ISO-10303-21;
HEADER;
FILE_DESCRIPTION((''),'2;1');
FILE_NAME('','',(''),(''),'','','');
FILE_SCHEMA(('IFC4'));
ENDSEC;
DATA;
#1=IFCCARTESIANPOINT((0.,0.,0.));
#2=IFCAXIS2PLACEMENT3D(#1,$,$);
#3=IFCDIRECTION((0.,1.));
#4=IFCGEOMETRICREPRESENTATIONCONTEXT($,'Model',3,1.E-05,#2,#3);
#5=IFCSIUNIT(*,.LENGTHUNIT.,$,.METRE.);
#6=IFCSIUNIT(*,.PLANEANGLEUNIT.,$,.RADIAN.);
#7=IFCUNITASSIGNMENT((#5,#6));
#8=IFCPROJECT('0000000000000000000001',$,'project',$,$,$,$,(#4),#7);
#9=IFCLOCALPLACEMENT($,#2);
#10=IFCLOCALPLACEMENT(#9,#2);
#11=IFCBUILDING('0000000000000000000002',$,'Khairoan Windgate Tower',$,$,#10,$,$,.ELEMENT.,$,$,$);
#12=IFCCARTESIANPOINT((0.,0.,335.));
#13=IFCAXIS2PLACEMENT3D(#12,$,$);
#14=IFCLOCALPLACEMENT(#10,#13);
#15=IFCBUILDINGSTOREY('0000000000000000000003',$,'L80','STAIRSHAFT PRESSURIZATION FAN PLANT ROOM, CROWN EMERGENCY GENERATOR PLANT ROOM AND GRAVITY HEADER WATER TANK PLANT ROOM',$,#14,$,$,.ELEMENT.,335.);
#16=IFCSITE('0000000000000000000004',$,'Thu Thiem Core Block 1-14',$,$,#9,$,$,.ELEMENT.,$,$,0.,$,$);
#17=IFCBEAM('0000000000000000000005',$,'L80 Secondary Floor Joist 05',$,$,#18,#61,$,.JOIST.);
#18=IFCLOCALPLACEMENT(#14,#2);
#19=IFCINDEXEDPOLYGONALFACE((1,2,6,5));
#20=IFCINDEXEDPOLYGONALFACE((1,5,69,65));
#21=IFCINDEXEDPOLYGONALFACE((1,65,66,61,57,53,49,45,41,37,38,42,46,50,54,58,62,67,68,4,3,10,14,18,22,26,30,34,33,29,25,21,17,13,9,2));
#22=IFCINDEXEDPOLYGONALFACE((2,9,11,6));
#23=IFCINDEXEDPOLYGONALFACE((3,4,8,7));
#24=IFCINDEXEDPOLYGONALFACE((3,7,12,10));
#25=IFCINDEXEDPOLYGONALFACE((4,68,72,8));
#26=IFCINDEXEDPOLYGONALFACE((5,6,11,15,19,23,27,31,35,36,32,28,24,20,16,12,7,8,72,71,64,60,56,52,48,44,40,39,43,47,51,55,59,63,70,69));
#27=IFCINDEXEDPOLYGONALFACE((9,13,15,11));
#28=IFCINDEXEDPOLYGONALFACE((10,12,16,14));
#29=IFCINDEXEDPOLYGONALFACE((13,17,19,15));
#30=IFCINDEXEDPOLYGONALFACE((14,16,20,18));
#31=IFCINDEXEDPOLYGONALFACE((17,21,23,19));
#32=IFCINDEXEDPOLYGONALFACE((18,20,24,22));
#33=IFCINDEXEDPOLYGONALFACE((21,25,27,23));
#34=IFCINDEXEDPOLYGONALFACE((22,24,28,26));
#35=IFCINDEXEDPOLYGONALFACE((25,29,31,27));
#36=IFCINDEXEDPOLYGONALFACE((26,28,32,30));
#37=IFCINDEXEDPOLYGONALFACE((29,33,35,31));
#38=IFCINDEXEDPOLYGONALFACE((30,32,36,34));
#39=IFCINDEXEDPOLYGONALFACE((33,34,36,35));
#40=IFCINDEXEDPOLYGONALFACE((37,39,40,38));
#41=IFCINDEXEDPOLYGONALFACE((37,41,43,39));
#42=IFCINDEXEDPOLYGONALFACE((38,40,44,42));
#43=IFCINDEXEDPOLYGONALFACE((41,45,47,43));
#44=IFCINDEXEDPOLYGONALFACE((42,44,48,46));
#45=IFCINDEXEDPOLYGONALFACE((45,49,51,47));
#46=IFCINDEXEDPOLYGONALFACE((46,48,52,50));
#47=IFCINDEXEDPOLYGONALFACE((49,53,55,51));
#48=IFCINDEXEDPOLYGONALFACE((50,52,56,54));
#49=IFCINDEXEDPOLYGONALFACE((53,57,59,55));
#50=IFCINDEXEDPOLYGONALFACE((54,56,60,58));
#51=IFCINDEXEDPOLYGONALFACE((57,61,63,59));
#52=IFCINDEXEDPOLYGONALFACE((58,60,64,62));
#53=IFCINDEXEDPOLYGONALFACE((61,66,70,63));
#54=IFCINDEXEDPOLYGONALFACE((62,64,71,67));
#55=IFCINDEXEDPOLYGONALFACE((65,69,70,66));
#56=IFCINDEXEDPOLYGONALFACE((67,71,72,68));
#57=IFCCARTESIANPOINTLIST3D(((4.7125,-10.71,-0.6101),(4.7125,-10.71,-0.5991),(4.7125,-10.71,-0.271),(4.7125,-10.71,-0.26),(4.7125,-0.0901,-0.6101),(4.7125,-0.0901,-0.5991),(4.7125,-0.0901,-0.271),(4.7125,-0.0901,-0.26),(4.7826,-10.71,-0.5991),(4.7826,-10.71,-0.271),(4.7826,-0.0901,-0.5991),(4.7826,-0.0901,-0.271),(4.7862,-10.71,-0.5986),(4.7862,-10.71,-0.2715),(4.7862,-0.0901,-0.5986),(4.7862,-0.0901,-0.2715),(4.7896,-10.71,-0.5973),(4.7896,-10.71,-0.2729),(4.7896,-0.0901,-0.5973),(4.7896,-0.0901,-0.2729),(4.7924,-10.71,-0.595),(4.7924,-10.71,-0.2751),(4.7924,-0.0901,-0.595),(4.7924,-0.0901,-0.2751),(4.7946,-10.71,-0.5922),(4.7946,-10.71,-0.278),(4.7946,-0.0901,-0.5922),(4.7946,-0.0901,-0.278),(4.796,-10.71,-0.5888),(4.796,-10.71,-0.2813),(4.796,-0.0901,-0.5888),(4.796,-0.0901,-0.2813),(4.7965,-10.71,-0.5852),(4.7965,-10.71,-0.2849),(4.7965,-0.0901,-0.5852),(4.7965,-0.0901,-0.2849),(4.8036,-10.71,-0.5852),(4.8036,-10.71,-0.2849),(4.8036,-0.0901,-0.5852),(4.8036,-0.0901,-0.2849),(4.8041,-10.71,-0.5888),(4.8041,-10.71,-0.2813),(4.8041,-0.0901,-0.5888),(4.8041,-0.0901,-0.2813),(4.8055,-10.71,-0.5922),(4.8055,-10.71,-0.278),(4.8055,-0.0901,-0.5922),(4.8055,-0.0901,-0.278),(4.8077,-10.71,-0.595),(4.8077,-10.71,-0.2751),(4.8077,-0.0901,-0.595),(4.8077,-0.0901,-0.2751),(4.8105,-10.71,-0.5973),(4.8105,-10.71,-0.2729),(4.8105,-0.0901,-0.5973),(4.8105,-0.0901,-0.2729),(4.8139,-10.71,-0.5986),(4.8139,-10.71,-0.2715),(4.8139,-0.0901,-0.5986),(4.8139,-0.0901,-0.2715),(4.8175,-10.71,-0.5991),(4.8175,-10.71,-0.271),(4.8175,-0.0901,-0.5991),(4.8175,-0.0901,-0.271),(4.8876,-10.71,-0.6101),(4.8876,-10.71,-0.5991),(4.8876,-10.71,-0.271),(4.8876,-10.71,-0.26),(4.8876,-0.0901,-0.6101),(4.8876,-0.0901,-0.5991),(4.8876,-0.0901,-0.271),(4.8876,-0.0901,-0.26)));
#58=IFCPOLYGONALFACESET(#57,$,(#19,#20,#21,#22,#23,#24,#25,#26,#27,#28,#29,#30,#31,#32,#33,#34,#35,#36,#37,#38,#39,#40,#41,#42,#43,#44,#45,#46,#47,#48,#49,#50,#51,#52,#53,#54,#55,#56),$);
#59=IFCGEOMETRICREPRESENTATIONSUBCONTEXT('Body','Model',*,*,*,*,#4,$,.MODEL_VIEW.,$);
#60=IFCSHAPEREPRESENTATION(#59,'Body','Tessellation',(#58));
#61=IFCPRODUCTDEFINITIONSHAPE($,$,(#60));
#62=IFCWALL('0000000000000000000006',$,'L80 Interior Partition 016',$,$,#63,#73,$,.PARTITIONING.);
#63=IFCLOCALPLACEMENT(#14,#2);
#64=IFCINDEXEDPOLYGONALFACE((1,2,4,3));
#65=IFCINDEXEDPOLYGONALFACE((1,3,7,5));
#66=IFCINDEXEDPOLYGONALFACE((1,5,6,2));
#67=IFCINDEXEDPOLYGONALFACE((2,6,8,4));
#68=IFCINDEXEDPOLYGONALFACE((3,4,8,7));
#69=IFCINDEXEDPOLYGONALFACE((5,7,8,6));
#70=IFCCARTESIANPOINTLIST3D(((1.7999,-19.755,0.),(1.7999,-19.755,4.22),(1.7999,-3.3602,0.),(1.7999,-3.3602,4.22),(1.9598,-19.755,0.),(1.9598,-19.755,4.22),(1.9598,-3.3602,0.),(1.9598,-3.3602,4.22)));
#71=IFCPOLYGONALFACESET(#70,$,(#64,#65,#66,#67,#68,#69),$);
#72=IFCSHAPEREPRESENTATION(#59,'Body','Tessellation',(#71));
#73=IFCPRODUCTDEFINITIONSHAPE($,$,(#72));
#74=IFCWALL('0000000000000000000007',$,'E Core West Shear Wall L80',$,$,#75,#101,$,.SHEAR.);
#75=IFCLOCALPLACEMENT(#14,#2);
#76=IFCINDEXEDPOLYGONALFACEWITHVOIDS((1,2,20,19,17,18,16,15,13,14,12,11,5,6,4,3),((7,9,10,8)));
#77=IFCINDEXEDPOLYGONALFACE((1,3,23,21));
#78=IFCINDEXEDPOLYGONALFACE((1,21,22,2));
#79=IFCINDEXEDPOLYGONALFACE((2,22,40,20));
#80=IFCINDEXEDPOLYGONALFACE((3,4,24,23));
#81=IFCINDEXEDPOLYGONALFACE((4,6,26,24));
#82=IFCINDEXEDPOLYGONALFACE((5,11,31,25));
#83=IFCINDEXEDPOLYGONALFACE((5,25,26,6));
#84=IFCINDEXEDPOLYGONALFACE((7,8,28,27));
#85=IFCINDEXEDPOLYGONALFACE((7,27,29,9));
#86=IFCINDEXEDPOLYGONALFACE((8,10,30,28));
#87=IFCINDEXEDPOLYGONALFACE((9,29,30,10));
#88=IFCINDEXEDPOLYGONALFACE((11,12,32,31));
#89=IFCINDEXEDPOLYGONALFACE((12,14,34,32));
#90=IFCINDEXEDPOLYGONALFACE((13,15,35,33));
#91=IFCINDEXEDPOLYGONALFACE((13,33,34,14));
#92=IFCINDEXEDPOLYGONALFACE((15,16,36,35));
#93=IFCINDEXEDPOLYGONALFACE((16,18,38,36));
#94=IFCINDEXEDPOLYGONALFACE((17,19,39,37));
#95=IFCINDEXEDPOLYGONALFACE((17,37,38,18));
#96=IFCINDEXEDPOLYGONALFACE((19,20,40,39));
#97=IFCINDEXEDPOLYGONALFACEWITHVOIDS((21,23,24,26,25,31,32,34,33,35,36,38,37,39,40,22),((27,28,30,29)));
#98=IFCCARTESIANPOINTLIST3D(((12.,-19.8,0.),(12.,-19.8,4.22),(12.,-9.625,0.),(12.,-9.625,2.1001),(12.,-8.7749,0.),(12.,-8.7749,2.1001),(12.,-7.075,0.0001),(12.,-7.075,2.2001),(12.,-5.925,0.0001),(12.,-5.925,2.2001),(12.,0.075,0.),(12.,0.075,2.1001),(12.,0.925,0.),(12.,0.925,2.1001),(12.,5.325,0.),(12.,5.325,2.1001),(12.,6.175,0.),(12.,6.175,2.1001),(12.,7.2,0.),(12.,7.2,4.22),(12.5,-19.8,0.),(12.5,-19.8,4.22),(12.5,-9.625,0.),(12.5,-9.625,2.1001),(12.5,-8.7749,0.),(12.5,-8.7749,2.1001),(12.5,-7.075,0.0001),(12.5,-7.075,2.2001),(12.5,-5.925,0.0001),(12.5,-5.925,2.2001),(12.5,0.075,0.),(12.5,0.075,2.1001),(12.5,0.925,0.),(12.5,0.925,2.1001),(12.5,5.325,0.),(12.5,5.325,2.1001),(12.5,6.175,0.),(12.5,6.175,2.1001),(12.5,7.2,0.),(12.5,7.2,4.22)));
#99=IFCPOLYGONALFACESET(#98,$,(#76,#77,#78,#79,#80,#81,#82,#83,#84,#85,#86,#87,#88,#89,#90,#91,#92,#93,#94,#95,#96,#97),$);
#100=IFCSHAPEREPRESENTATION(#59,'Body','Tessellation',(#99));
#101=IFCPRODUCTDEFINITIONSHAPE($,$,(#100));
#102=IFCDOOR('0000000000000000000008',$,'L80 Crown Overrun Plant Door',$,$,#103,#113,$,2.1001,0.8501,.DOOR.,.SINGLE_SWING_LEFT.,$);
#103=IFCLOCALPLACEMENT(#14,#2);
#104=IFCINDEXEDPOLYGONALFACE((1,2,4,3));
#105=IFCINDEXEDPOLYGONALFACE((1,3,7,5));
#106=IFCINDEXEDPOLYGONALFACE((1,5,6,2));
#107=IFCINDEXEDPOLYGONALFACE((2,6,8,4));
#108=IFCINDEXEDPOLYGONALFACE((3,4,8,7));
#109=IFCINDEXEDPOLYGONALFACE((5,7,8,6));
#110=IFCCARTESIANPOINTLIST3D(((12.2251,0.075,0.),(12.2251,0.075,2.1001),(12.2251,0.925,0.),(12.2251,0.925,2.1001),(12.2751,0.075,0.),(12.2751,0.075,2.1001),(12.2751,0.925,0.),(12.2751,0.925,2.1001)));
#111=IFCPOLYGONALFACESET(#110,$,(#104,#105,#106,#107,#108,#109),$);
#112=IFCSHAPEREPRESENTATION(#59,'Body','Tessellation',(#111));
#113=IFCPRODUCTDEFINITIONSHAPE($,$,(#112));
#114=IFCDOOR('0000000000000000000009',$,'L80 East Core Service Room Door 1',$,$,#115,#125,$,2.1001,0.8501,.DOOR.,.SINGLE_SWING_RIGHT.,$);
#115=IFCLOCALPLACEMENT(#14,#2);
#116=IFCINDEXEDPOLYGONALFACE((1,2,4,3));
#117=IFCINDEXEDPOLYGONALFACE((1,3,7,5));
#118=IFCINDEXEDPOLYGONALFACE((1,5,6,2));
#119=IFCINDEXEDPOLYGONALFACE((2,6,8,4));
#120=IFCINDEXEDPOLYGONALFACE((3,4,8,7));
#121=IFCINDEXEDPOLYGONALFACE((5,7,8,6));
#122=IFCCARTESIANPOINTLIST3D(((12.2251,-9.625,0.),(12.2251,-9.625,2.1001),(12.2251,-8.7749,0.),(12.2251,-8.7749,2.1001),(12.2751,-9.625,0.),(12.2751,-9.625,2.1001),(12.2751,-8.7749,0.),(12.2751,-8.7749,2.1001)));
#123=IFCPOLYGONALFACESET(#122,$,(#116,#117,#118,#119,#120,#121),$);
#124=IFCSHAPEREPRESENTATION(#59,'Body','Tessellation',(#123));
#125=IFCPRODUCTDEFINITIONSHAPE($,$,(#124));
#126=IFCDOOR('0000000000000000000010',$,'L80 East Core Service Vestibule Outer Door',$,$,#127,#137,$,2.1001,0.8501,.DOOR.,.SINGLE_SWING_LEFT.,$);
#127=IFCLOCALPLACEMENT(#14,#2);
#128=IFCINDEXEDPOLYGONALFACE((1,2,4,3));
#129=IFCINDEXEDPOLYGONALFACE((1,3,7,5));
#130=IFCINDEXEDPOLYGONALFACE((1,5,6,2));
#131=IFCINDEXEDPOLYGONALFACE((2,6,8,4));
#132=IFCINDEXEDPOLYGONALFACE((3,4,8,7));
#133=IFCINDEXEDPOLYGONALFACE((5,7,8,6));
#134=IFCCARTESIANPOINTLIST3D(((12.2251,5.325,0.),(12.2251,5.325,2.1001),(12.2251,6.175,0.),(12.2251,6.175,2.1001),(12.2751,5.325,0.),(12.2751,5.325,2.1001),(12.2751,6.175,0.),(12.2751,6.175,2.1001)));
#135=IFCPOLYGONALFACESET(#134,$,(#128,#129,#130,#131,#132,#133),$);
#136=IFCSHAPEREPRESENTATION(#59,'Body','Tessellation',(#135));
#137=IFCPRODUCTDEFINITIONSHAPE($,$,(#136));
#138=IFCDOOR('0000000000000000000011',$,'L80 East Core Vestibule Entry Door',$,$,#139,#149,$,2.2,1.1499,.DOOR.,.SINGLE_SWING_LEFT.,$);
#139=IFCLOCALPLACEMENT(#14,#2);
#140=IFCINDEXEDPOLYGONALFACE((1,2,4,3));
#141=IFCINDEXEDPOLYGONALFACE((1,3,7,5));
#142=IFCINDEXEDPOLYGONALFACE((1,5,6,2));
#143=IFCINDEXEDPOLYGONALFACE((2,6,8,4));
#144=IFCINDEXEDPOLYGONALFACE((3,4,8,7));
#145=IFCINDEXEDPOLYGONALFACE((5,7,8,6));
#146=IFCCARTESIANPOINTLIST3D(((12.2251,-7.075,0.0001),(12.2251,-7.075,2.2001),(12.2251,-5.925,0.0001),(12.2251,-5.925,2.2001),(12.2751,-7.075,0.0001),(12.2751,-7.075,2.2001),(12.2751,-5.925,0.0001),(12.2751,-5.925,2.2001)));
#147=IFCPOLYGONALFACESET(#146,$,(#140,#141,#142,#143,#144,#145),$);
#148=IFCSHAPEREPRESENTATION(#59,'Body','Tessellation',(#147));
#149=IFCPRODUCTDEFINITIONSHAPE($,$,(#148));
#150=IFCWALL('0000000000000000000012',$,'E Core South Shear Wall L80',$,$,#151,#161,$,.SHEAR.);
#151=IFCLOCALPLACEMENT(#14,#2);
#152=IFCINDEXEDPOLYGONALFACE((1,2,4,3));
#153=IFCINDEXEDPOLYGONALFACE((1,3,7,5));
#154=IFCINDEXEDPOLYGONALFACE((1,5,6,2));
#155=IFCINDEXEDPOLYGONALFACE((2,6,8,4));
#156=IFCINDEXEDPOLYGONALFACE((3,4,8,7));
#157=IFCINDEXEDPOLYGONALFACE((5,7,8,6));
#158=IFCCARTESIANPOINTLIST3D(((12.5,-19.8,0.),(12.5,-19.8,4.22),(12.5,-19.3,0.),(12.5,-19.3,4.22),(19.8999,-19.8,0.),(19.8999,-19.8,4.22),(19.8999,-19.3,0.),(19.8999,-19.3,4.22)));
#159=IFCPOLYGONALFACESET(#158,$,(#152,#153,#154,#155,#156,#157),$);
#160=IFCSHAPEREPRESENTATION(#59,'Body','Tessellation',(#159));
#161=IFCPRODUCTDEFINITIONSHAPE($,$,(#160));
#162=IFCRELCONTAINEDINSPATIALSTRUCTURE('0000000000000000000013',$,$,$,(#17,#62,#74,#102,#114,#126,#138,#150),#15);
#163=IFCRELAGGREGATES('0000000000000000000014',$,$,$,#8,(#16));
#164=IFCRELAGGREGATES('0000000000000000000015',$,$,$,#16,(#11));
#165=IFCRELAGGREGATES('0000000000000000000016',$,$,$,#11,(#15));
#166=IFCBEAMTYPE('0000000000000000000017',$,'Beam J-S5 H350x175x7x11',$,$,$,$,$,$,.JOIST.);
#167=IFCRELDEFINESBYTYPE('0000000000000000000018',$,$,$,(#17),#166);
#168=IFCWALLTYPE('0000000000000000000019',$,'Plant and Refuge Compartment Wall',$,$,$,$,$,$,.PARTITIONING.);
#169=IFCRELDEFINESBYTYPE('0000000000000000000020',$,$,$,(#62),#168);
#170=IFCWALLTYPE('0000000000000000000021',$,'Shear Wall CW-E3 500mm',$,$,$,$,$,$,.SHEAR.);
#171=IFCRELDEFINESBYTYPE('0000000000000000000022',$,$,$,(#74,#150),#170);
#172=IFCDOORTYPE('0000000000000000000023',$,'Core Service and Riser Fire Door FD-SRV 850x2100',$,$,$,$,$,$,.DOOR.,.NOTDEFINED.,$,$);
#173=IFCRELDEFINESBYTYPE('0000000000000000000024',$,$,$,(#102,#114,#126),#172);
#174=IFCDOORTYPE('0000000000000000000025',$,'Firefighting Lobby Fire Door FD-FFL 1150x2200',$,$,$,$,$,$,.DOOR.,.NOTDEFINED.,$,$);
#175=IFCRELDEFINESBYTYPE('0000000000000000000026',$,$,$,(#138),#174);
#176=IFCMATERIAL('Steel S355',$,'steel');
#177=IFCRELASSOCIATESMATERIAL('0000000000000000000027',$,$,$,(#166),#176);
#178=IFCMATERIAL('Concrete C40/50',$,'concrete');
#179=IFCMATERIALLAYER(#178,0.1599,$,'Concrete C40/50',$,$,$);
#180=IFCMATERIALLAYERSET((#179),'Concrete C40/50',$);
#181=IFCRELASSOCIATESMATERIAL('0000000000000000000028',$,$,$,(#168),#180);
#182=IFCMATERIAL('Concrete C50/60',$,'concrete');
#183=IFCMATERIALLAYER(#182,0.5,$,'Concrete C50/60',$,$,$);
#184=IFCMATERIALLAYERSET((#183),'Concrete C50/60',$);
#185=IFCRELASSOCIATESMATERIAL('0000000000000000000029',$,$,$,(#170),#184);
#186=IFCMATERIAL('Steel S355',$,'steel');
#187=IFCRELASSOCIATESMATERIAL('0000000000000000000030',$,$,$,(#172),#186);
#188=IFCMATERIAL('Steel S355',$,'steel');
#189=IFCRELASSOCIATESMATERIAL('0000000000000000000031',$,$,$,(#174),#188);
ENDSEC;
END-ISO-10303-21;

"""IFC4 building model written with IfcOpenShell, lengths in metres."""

from ifc_helpers import new_model, si_unit, direction, frame, frame_2d, origin, origin_2d, place, context, subcontext, project, spatial, rectangle, i_section, extrude, material, layer, layer_set, material_profile, profile_set, type_object, element, fill, save


model = new_model("IFC4")

# Units and contexts
model_context = context("Model", 3, precision=1e-05, world=origin(), true_north=direction((0.0, 1.0)))
body_context = subcontext(model_context, "Body", "Model", "MODEL_VIEW")
ifc_project = project(units=[si_unit("LENGTHUNIT", "METRE"), si_unit("PLANEANGLEUNIT", "RADIAN")], contexts=[model_context])

# Site, building, storey
site_placement = place(None, origin())
site = spatial("IfcSite", under=ifc_project, at=site_placement, Name="Thu Thiem Core Block 1-14", CompositionType="ELEMENT", RefElevation=0.0)
building_placement = place(site_placement, origin())
building = spatial("IfcBuilding", under=site, at=building_placement, Name="Khairoan Windgate Tower", CompositionType="ELEMENT")
storey_placement = place(building_placement, frame((0.0, 0.0, 335.0)))
storey = spatial("IfcBuildingStorey", under=building, at=storey_placement, Name="L80", Description="STAIRSHAFT PRESSURIZATION FAN PLANT ROOM, CROWN EMERGENCY GENERATOR PLANT ROOM AND GRAVITY HEADER WATER TANK PLANT ROOM", CompositionType="ELEMENT", Elevation=335.0)

# Beam
ifc_material_1 = material(Name="Steel S355", Category="steel")
ifc_material_profile_1 = material_profile(ifc_material_1, i_section(OverallWidth=0.175, OverallDepth=0.3501, WebThickness=0.0071, FlangeThickness=0.011, FilletRadius=0.0139, at=origin_2d()))
ifc_profile_set_1 = profile_set([ifc_material_profile_1], Name="Steel S355")
beam_type_1 = type_object("IfcBeamType", Name="Beam J-S5 H350x175x7x11", PredefinedType="JOIST", material=ifc_profile_set_1)
beam_1_placement = place(storey_placement, frame((4.8, -10.71, -0.4351), z_axis=(0.0, 1.0, 0.0), x_axis=(-1.0, 0.0, 0.0)))
element("IfcBeam", 1, at=beam_1_placement, inside=storey, type_object=beam_type_1, Name="L80 Secondary Floor Joist 05", PredefinedType="JOIST", context=body_context, shape_type="SweptSolid", body=[
    extrude(i_section(OverallWidth=0.175, OverallDepth=0.3501, WebThickness=0.0071, FlangeThickness=0.011, FilletRadius=0.0139, at=origin_2d()), origin(), (0.0, 0.0, 1.0), 10.6199),
])

# Wall
ifc_material_2 = material(Name="Concrete C40/50", Category="concrete")
ifc_layer_1 = layer(ifc_material_2, 0.1599, Name="Concrete C40/50")
ifc_layer_set_1 = layer_set([ifc_layer_1], Name="Concrete C40/50")
wall_type_1 = type_object("IfcWallType", Name="Plant and Refuge Compartment Wall", PredefinedType="PARTITIONING", material=ifc_layer_set_1)
wall_1_placement = place(storey_placement, frame((1.8799, -19.7549, 0.0), z_axis=(0.0, 0.0, 1.0), x_axis=(0.0, 1.0, 0.0)))
element("IfcWall", 2, at=wall_1_placement, inside=storey, type_object=wall_type_1, Name="L80 Interior Partition 016", PredefinedType="PARTITIONING", context=body_context, shape_type="SweptSolid", body=[
    extrude(rectangle(XDim=16.3948, YDim=0.1599, at=frame_2d((8.1973, 0.0))), origin(), (0.0, 0.0, 1.0), 4.22),
])

# Wall, openings, doors
ifc_material_3 = material(Name="Concrete C50/60", Category="concrete")
ifc_layer_2 = layer(ifc_material_3, 0.5, Name="Concrete C50/60")
ifc_layer_set_2 = layer_set([ifc_layer_2], Name="Concrete C50/60")
wall_type_2 = type_object("IfcWallType", Name="Shear Wall CW-E3 500mm", PredefinedType="SHEAR", material=ifc_layer_set_2)
wall_2_placement = place(storey_placement, frame((12.25, -19.8, 0.0), z_axis=(0.0, 0.0, 1.0), x_axis=(0.0, 1.0, 0.0)))
wall_2 = element("IfcWall", 3, at=wall_2_placement, inside=storey, type_object=wall_type_2, Name="E Core West Shear Wall L80", PredefinedType="SHEAR", context=body_context, shape_type="SweptSolid", body=[
    extrude(rectangle(XDim=27.0, YDim=0.5, at=frame_2d((13.5, 0.0))), origin(), (0.0, 0.0, 1.0), 4.22),
])
opening_1_placement = place(wall_2_placement, frame((19.875, 0.0, 0.0)))
opening_1 = element("IfcOpeningElement", 4, at=opening_1_placement, cuts=wall_2, PredefinedType="OPENING", context=body_context, shape_type="SweptSolid", body=[
    extrude(rectangle(XDim=0.8501, YDim=2.1001, at=frame_2d((0.425, 1.05))), frame((0.0, 0.26, 0.0), z_axis=(0.0, -1.0, 0.0), x_axis=(1.0, 0.0, 0.0)), (0.0, 0.0, 1.0), 0.52),
])
opening_2_placement = place(wall_2_placement, frame((10.175, 0.0, 0.0)))
opening_2 = element("IfcOpeningElement", 5, at=opening_2_placement, cuts=wall_2, PredefinedType="OPENING", context=body_context, shape_type="SweptSolid", body=[
    extrude(rectangle(XDim=0.8501, YDim=2.1001, at=frame_2d((0.425, 1.05))), frame((0.0, 0.26, 0.0), z_axis=(0.0, -1.0, 0.0), x_axis=(1.0, 0.0, 0.0)), (0.0, 0.0, 1.0), 0.52),
])
opening_3_placement = place(wall_2_placement, frame((12.7251, 0.0, 0.0)))
opening_3 = element("IfcOpeningElement", 6, at=opening_3_placement, cuts=wall_2, PredefinedType="OPENING", context=body_context, shape_type="SweptSolid", body=[
    extrude(rectangle(XDim=1.1499, YDim=2.2, at=frame_2d((0.575, 1.1001))), frame((0.0, 0.26, 0.0), z_axis=(0.0, -1.0, 0.0), x_axis=(1.0, 0.0, 0.0)), (0.0, 0.0, 1.0), 0.52),
])
opening_4_placement = place(wall_2_placement, frame((25.125, 0.0, 0.0)))
opening_4 = element("IfcOpeningElement", 7, at=opening_4_placement, cuts=wall_2, PredefinedType="OPENING", context=body_context, shape_type="SweptSolid", body=[
    extrude(rectangle(XDim=0.8501, YDim=2.1001, at=frame_2d((0.425, 1.05))), frame((0.0, 0.26, 0.0), z_axis=(0.0, -1.0, 0.0), x_axis=(1.0, 0.0, 0.0)), (0.0, 0.0, 1.0), 0.52),
])
ifc_material_4 = material(Name="Steel S355", Category="steel")
door_type_1 = type_object("IfcDoorType", Name="Core Service and Riser Fire Door FD-SRV 850x2100", OperationType="NOTDEFINED", PredefinedType="DOOR", material=ifc_material_4)
door_1_placement = place(opening_1_placement, origin())
door_1 = element("IfcDoor", 8, at=door_1_placement, inside=storey, type_object=door_type_1, Name="L80 Crown Overrun Plant Door", OperationType="SINGLE_SWING_LEFT", OverallHeight=2.1001, OverallWidth=0.8501, PredefinedType="DOOR", context=body_context, shape_type="SweptSolid", body=[
    extrude(rectangle(XDim=0.8501, YDim=2.1001, at=frame_2d((0.425, 1.05))), frame((0.0, 0.0249, 0.0), z_axis=(0.0, -1.0, 0.0), x_axis=(1.0, 0.0, 0.0)), (0.0, 0.0, 1.0), 0.05),
])
fill(opening_1, door_1)
door_2_placement = place(opening_2_placement, origin())
door_2 = element("IfcDoor", 9, at=door_2_placement, inside=storey, type_object=door_type_1, Name="L80 East Core Service Room Door 1", OperationType="SINGLE_SWING_RIGHT", OverallHeight=2.1001, OverallWidth=0.8501, PredefinedType="DOOR", context=body_context, shape_type="SweptSolid", body=[
    extrude(rectangle(XDim=0.8501, YDim=2.1001, at=frame_2d((0.425, 1.05))), frame((0.0, 0.0249, 0.0), z_axis=(0.0, -1.0, 0.0), x_axis=(1.0, 0.0, 0.0)), (0.0, 0.0, 1.0), 0.05),
])
fill(opening_2, door_2)
door_3_placement = place(opening_4_placement, origin())
door_3 = element("IfcDoor", 10, at=door_3_placement, inside=storey, type_object=door_type_1, Name="L80 East Core Service Vestibule Outer Door", OperationType="SINGLE_SWING_LEFT", OverallHeight=2.1001, OverallWidth=0.8501, PredefinedType="DOOR", context=body_context, shape_type="SweptSolid", body=[
    extrude(rectangle(XDim=0.8501, YDim=2.1001, at=frame_2d((0.425, 1.05))), frame((0.0, 0.0249, 0.0), z_axis=(0.0, -1.0, 0.0), x_axis=(1.0, 0.0, 0.0)), (0.0, 0.0, 1.0), 0.05),
])
fill(opening_4, door_3)
ifc_material_5 = material(Name="Steel S355", Category="steel")
door_type_2 = type_object("IfcDoorType", Name="Firefighting Lobby Fire Door FD-FFL 1150x2200", OperationType="NOTDEFINED", PredefinedType="DOOR", material=ifc_material_5)
door_4_placement = place(opening_3_placement, origin())
door_4 = element("IfcDoor", 11, at=door_4_placement, inside=storey, type_object=door_type_2, Name="L80 East Core Vestibule Entry Door", OperationType="SINGLE_SWING_LEFT", OverallHeight=2.2, OverallWidth=1.1499, PredefinedType="DOOR", context=body_context, shape_type="SweptSolid", body=[
    extrude(rectangle(XDim=1.1499, YDim=2.2, at=frame_2d((0.575, 1.1001))), frame((0.0, 0.0249, 0.0), z_axis=(0.0, -1.0, 0.0), x_axis=(1.0, 0.0, 0.0)), (0.0, 0.0, 1.0), 0.05),
])
fill(opening_3, door_4)

# Wall
wall_3_placement = place(storey_placement, frame((12.5, -19.55, 0.0), z_axis=(0.0, 0.0, 1.0), x_axis=(1.0, 0.0, 0.0)))
element("IfcWall", 12, at=wall_3_placement, inside=storey, type_object=wall_type_2, Name="E Core South Shear Wall L80", PredefinedType="SHEAR", context=body_context, shape_type="SweptSolid", body=[
    extrude(rectangle(XDim=7.3999, YDim=0.5, at=frame_2d((3.7, 0.0))), origin(), (0.0, 0.0, 1.0), 4.22),
])

save(model, "model.ifc")
